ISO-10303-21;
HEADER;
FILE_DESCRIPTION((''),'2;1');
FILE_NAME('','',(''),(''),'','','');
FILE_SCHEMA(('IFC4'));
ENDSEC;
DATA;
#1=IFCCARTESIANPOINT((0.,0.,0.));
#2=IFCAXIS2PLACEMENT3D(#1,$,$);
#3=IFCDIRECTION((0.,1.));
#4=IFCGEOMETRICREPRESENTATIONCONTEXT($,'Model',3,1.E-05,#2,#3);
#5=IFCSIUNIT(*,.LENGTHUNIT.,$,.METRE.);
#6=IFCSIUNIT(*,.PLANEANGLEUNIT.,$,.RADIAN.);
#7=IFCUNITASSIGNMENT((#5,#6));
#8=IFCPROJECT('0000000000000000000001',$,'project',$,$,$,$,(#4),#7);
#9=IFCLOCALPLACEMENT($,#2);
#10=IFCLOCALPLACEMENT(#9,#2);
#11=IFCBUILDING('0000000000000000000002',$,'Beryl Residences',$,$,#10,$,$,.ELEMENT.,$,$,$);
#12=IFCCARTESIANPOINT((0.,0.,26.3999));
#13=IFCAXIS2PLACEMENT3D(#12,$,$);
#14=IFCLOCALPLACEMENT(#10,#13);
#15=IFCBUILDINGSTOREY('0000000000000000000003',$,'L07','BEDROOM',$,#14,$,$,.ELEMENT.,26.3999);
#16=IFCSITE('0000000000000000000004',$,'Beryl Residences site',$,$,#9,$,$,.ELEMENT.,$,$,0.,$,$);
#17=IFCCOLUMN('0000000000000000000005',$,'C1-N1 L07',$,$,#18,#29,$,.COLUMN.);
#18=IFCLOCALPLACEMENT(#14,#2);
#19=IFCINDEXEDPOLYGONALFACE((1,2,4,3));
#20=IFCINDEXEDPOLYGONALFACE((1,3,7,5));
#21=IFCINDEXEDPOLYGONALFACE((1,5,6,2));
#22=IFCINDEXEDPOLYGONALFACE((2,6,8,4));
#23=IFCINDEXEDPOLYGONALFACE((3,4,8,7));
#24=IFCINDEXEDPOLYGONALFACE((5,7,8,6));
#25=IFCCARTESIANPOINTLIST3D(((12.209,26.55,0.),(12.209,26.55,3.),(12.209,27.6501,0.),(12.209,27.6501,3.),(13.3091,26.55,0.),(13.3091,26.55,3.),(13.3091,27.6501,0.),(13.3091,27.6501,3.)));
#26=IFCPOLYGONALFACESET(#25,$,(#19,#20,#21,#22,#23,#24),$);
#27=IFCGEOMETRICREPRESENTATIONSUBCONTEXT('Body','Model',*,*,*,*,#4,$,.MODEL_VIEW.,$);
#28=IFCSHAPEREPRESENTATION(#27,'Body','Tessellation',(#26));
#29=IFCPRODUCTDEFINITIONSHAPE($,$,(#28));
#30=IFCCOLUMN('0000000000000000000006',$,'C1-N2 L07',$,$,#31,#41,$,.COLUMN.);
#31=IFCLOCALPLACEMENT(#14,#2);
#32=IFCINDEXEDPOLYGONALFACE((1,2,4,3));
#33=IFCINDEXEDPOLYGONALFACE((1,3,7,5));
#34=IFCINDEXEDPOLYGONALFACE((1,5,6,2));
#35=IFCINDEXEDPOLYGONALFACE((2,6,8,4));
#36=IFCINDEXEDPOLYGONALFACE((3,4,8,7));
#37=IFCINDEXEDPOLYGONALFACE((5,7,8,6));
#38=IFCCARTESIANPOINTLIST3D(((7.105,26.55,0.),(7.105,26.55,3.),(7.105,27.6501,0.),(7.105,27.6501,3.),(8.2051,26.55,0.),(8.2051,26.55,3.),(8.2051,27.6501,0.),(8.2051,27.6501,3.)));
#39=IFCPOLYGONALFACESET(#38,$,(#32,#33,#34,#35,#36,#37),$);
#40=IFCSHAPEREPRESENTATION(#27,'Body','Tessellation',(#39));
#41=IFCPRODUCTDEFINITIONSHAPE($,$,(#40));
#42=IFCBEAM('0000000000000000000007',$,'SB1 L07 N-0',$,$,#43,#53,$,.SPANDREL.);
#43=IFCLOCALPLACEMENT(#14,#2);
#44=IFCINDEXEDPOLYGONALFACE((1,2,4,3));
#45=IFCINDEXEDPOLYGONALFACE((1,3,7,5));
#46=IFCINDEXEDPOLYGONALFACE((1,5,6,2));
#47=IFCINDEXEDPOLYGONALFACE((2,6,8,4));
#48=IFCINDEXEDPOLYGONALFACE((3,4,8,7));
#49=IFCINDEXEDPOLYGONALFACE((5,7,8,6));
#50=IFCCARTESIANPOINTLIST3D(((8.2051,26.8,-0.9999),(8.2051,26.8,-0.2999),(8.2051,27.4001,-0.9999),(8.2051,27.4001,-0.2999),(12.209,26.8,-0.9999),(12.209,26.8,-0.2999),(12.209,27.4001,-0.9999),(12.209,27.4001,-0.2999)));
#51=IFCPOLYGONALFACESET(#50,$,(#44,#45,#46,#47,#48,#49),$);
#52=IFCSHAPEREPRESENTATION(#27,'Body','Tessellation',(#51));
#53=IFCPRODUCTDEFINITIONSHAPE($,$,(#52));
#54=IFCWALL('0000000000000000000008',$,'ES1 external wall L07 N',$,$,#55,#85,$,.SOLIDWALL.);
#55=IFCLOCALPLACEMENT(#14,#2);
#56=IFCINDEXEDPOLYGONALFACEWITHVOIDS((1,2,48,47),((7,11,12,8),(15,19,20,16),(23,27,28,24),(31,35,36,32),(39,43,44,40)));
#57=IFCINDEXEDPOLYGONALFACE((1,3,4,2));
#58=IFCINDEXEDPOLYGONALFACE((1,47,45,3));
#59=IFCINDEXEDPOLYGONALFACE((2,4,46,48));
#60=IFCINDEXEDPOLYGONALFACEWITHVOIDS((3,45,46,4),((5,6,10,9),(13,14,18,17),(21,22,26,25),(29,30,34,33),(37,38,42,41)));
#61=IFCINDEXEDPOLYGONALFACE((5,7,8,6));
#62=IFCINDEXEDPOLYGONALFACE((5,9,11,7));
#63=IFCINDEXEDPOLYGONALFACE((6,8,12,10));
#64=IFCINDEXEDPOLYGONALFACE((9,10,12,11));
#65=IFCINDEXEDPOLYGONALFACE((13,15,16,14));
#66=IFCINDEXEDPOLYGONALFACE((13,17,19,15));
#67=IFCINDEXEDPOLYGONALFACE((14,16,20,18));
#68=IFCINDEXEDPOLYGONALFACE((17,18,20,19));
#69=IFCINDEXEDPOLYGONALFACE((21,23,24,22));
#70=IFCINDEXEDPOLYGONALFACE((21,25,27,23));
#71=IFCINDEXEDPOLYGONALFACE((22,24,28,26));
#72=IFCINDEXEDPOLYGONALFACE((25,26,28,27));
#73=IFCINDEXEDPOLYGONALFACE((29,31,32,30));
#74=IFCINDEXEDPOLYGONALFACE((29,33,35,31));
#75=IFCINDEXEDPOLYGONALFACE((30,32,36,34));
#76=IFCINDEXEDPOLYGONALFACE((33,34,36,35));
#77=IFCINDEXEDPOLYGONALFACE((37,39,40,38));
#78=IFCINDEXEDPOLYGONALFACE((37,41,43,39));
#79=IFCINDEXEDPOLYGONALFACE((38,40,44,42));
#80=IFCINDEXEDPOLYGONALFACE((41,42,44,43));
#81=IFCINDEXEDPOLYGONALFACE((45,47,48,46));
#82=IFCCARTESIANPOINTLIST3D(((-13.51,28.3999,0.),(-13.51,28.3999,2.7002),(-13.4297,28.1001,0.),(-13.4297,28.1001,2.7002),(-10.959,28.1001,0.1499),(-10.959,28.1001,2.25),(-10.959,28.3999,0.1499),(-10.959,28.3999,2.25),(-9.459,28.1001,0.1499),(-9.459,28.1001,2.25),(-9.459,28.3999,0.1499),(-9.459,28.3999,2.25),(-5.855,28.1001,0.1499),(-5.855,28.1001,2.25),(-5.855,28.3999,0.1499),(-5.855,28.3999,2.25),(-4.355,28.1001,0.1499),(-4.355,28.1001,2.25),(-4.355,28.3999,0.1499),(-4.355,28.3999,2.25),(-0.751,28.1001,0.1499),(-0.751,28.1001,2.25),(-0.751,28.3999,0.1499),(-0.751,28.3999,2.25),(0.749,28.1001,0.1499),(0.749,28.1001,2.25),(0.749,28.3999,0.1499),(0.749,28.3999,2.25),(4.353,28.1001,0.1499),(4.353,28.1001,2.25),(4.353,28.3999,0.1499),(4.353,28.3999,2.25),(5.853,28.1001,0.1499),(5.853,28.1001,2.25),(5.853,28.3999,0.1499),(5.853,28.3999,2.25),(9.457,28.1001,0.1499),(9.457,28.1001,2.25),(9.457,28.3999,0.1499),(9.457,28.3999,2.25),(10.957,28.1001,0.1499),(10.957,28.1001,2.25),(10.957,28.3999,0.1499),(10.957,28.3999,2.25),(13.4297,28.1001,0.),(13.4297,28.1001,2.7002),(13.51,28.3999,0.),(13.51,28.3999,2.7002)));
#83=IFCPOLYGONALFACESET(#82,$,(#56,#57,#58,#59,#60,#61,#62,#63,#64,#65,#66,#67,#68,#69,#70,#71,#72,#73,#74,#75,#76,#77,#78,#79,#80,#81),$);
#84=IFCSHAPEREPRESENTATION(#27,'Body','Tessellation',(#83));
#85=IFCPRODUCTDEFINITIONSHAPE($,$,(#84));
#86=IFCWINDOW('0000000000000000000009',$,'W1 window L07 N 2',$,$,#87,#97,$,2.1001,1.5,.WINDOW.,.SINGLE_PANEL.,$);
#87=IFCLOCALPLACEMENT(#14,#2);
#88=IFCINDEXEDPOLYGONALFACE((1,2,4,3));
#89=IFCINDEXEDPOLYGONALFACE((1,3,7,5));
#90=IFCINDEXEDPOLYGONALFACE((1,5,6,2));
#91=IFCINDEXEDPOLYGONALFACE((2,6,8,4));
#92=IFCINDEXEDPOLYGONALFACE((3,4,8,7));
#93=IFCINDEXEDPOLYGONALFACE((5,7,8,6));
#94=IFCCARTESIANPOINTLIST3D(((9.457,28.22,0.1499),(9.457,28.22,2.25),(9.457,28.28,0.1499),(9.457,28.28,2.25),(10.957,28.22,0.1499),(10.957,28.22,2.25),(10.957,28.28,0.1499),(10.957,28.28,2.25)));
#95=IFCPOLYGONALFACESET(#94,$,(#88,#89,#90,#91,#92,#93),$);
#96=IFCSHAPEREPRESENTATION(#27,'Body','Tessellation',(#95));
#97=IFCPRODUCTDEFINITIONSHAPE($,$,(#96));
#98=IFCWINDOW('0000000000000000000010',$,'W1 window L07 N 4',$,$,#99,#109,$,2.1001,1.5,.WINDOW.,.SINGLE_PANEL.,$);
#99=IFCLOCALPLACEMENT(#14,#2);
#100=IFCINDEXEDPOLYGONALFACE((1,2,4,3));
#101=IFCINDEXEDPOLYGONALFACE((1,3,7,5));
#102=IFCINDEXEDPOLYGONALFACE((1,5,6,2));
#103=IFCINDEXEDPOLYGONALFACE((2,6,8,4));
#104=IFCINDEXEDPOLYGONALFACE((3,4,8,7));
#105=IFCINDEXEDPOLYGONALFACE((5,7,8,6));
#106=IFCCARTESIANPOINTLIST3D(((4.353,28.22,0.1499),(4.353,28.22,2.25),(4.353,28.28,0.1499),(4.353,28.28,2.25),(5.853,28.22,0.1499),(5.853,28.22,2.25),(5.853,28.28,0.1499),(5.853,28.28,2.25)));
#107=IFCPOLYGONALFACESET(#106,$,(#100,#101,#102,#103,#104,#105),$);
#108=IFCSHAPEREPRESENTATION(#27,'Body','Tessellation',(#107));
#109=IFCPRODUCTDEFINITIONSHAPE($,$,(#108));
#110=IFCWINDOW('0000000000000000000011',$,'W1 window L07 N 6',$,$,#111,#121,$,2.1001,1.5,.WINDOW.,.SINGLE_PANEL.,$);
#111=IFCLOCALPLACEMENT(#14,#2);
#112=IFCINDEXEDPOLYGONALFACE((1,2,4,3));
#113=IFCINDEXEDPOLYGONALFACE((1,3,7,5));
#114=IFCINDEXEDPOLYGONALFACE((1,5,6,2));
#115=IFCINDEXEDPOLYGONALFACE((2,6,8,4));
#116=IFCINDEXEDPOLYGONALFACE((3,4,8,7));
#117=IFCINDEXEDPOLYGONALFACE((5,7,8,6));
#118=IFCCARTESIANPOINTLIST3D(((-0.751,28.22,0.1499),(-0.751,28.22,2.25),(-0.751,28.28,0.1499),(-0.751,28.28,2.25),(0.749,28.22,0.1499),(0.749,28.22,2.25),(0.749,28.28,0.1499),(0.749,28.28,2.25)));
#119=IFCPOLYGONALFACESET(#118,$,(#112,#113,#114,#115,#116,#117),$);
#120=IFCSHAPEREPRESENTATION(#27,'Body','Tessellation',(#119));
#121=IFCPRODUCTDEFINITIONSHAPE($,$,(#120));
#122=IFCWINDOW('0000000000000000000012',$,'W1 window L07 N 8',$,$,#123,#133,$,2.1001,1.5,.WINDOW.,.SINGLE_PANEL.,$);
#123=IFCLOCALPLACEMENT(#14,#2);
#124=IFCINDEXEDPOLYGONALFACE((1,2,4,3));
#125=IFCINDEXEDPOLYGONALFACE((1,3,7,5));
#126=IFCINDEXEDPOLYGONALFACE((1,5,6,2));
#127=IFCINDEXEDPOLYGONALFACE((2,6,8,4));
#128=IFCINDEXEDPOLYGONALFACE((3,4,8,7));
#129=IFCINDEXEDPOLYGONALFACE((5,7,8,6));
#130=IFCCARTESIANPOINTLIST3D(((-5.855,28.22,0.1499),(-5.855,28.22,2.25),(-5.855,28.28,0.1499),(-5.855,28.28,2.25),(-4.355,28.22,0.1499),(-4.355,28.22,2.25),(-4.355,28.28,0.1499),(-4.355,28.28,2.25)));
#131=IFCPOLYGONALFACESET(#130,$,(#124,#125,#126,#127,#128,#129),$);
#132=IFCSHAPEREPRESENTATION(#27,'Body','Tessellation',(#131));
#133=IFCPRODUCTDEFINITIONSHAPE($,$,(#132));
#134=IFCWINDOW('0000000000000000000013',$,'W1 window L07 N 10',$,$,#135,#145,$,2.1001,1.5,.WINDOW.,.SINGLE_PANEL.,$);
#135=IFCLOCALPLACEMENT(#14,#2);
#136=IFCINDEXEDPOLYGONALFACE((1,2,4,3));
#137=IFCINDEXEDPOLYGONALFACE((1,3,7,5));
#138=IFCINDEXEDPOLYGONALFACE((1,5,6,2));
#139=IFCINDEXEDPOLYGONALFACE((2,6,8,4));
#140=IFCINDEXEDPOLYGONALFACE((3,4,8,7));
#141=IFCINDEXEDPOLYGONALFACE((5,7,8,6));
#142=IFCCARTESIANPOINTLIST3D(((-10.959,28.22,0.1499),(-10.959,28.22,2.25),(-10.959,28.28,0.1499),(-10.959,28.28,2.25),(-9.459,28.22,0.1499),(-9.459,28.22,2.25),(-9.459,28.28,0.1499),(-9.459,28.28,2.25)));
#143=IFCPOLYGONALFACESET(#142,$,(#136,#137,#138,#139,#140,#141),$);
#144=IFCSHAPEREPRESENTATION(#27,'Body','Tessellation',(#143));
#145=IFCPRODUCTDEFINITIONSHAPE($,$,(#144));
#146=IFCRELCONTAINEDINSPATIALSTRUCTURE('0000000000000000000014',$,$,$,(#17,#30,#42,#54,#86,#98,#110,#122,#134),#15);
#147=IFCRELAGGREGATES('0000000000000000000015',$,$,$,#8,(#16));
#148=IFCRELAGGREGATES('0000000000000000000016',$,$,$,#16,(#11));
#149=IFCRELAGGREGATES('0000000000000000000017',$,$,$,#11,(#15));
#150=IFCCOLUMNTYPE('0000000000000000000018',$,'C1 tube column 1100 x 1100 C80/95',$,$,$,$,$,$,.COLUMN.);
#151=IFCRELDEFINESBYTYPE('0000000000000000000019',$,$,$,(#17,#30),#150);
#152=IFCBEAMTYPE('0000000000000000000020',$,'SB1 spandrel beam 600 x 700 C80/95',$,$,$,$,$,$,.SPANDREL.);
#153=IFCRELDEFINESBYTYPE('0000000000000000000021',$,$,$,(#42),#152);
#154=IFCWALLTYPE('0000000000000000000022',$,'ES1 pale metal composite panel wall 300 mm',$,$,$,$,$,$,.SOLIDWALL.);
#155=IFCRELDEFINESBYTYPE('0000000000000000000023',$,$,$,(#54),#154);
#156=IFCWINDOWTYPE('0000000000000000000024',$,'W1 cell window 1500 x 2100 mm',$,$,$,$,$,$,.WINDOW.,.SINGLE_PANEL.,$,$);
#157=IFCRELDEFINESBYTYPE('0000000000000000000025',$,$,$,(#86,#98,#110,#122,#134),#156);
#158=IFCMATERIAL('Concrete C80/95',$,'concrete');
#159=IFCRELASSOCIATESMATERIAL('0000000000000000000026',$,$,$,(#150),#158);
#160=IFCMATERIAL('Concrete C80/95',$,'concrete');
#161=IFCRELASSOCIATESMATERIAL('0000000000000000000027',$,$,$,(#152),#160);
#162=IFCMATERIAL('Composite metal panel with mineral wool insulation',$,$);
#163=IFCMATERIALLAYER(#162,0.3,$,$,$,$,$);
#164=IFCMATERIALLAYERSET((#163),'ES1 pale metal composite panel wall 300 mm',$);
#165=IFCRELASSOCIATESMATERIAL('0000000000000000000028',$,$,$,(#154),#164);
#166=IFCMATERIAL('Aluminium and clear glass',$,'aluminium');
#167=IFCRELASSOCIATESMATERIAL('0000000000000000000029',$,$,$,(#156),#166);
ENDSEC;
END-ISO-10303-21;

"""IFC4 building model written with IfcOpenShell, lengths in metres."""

from ifc_helpers import new_model, si_unit, direction, frame, frame_2d, origin, origin_2d, place, context, subcontext, project, spatial, polyline, rectangle, outline, extrude, material, layer, layer_set, material_profile, profile_set, type_object, element, fill, save


model = new_model("IFC4")

# Units and contexts
model_context = context("Model", 3, precision=1e-05, world=origin(), true_north=direction((0.0, 1.0)))
body_context = subcontext(model_context, "Body", "Model", "MODEL_VIEW")
ifc_project = project(units=[si_unit("LENGTHUNIT", "METRE"), si_unit("PLANEANGLEUNIT", "RADIAN")], contexts=[model_context])

# Site, building, storey
site_placement = place(None, origin())
site = spatial("IfcSite", under=ifc_project, at=site_placement, Name="Beryl Residences site", CompositionType="ELEMENT", RefElevation=0.0)
building_placement = place(site_placement, origin())
building = spatial("IfcBuilding", under=site, at=building_placement, Name="Beryl Residences", CompositionType="ELEMENT")
storey_placement = place(building_placement, frame((0.0, 0.0, 26.3999)))
storey = spatial("IfcBuildingStorey", under=building, at=storey_placement, Name="L07", Description="BEDROOM", CompositionType="ELEMENT", Elevation=26.3999)

# Columns
ifc_material_1 = material(Name="Concrete C80/95", Category="concrete")
ifc_material_profile_1 = material_profile(ifc_material_1, rectangle(XDim=1.1001, YDim=1.1001, at=origin_2d()))
ifc_profile_set_1 = profile_set([ifc_material_profile_1], Name="Concrete C80/95")
column_type = type_object("IfcColumnType", Name="C1 tube column 1100 x 1100 C80/95", PredefinedType="COLUMN", material=ifc_profile_set_1)
for number, where, z_axis, x_axis, name in (
    (1, (12.759, 27.1001, 0.0), (0.0, 0.0, 1.0), (-1.0, 0.0, 0.0), "C1-N1 L07"),
    (2, (7.655, 27.1001, 0.0), (0.0, 0.0, 1.0), (-1.0, 0.0, 0.0), "C1-N2 L07"),
):
    element("IfcColumn", number, at=place(storey_placement, frame(where, z_axis=z_axis, x_axis=x_axis)), inside=storey, type_object=column_type, Name=name, PredefinedType="COLUMN", context=body_context, shape_type="SweptSolid", body=[
        extrude(rectangle(XDim=1.1001, YDim=1.1001, at=origin_2d()), origin(), (0.0, 0.0, 1.0), 3.0),
    ])

# Beam
ifc_material_2 = material(Name="Concrete C80/95", Category="concrete")
ifc_material_profile_2 = material_profile(ifc_material_2, rectangle(XDim=0.6001, YDim=0.7, at=origin_2d()))
ifc_profile_set_2 = profile_set([ifc_material_profile_2], Name="Concrete C80/95")
beam_type = type_object("IfcBeamType", Name="SB1 spandrel beam 600 x 700 C80/95", PredefinedType="SPANDREL", material=ifc_profile_set_2)
beam_placement = place(storey_placement, frame((12.209, 27.1001, -0.6499), z_axis=(-1.0, 0.0, 0.0), x_axis=(0.0, -1.0, 0.0)))
element("IfcBeam", 3, at=beam_placement, inside=storey, type_object=beam_type, Name="SB1 L07 N-0", PredefinedType="SPANDREL", context=body_context, shape_type="SweptSolid", body=[
    extrude(rectangle(XDim=0.6001, YDim=0.7, at=origin_2d()), origin(), (0.0, 0.0, 1.0), 4.0039),
])

# Wall, openings, windows
ifc_material_3 = material(Name="Composite metal panel with mineral wool insulation")
ifc_layer_1 = layer(ifc_material_3, 0.3)
ifc_layer_set_1 = layer_set([ifc_layer_1], Name="ES1 pale metal composite panel wall 300 mm")
wall_type_1 = type_object("IfcWallType", Name="ES1 pale metal composite panel wall 300 mm", PredefinedType="SOLIDWALL", material=ifc_layer_set_1)
wall_1_placement = place(storey_placement, frame((13.51, 28.25, 0.0), z_axis=(0.0, 0.0, 1.0), x_axis=(-1.0, 0.0, 0.0)))
wall_1 = element("IfcWall", 4, at=wall_1_placement, inside=storey, type_object=wall_type_1, Name="ES1 external wall L07 N", PredefinedType="SOLIDWALL", context=body_context, shape_type="SweptSolid", body=[
    extrude(outline(polyline([(0.0, -0.1499), (27.02, -0.1499), (26.9397, 0.1499), (0.0803, 0.1499), (0.0, -0.1499)])), origin(), (0.0, 0.0, 1.0), 2.7002),
])
opening_1_placement = place(wall_1_placement, frame((2.553, 0.0, 0.1499)))
opening_1 = element("IfcOpeningElement", 5, at=opening_1_placement, cuts=wall_1, PredefinedType="OPENING", context=body_context, shape_type="SweptSolid", body=[
    extrude(rectangle(XDim=1.5, YDim=2.1001, at=frame_2d((0.75, 1.05))), frame((0.0, 0.1599, 0.0), z_axis=(0.0, -1.0, 0.0), x_axis=(1.0, 0.0, 0.0)), (0.0, 0.0, 1.0), 0.3201),
])
opening_2_placement = place(wall_1_placement, frame((7.657, 0.0, 0.1499)))
opening_2 = element("IfcOpeningElement", 6, at=opening_2_placement, cuts=wall_1, PredefinedType="OPENING", context=body_context, shape_type="SweptSolid", body=[
    extrude(rectangle(XDim=1.5, YDim=2.1001, at=frame_2d((0.75, 1.05))), frame((0.0, 0.1599, 0.0), z_axis=(0.0, -1.0, 0.0), x_axis=(1.0, 0.0, 0.0)), (0.0, 0.0, 1.0), 0.3201),
])
opening_3_placement = place(wall_1_placement, frame((12.761, 0.0, 0.1499)))
opening_3 = element("IfcOpeningElement", 7, at=opening_3_placement, cuts=wall_1, PredefinedType="OPENING", context=body_context, shape_type="SweptSolid", body=[
    extrude(rectangle(XDim=1.5, YDim=2.1001, at=frame_2d((0.75, 1.05))), frame((0.0, 0.1599, 0.0), z_axis=(0.0, -1.0, 0.0), x_axis=(1.0, 0.0, 0.0)), (0.0, 0.0, 1.0), 0.3201),
])
opening_4_placement = place(wall_1_placement, frame((17.865, 0.0, 0.1499)))
opening_4 = element("IfcOpeningElement", 8, at=opening_4_placement, cuts=wall_1, PredefinedType="OPENING", context=body_context, shape_type="SweptSolid", body=[
    extrude(rectangle(XDim=1.5, YDim=2.1001, at=frame_2d((0.75, 1.05))), frame((0.0, 0.1599, 0.0), z_axis=(0.0, -1.0, 0.0), x_axis=(1.0, 0.0, 0.0)), (0.0, 0.0, 1.0), 0.3201),
])
opening_5_placement = place(wall_1_placement, frame((22.969, 0.0, 0.1499)))
opening_5 = element("IfcOpeningElement", 9, at=opening_5_placement, cuts=wall_1, PredefinedType="OPENING", context=body_context, shape_type="SweptSolid", body=[
    extrude(rectangle(XDim=1.5, YDim=2.1001, at=frame_2d((0.75, 1.05))), frame((0.0, 0.1599, 0.0), z_axis=(0.0, -1.0, 0.0), x_axis=(1.0, 0.0, 0.0)), (0.0, 0.0, 1.0), 0.3201),
])
ifc_material_4 = material(Name="Aluminium and clear glass", Category="aluminium")
window_type = type_object("IfcWindowType", Name="W1 cell window 1500 x 2100 mm", PartitioningType="SINGLE_PANEL", PredefinedType="WINDOW", material=ifc_material_4)
window_1_placement = place(opening_1_placement, origin())
window_1 = element("IfcWindow", 10, at=window_1_placement, inside=storey, type_object=window_type, Name="W1 window L07 N 2", OverallHeight=2.1001, OverallWidth=1.5, PartitioningType="SINGLE_PANEL", PredefinedType="WINDOW", context=body_context, shape_type="SweptSolid", body=[
    extrude(rectangle(XDim=1.5, YDim=2.1001, at=frame_2d((0.75, 1.05))), frame((0.0, 0.03, 0.0), z_axis=(0.0, -1.0, 0.0), x_axis=(1.0, 0.0, 0.0)), (0.0, 0.0, 1.0), 0.0601),
])
fill(opening_1, window_1)
window_2_placement = place(opening_2_placement, origin())
window_2 = element("IfcWindow", 11, at=window_2_placement, inside=storey, type_object=window_type, Name="W1 window L07 N 4", OverallHeight=2.1001, OverallWidth=1.5, PartitioningType="SINGLE_PANEL", PredefinedType="WINDOW", context=body_context, shape_type="SweptSolid", body=[
    extrude(rectangle(XDim=1.5, YDim=2.1001, at=frame_2d((0.75, 1.05))), frame((0.0, 0.03, 0.0), z_axis=(0.0, -1.0, 0.0), x_axis=(1.0, 0.0, 0.0)), (0.0, 0.0, 1.0), 0.0601),
])
fill(opening_2, window_2)
window_3_placement = place(opening_3_placement, origin())
window_3 = element("IfcWindow", 12, at=window_3_placement, inside=storey, type_object=window_type, Name="W1 window L07 N 6", OverallHeight=2.1001, OverallWidth=1.5, PartitioningType="SINGLE_PANEL", PredefinedType="WINDOW", context=body_context, shape_type="SweptSolid", body=[
    extrude(rectangle(XDim=1.5, YDim=2.1001, at=frame_2d((0.75, 1.05))), frame((0.0, 0.03, 0.0), z_axis=(0.0, -1.0, 0.0), x_axis=(1.0, 0.0, 0.0)), (0.0, 0.0, 1.0), 0.0601),
])
fill(opening_3, window_3)
window_4_placement = place(opening_4_placement, origin())
window_4 = element("IfcWindow", 13, at=window_4_placement, inside=storey, type_object=window_type, Name="W1 window L07 N 8", OverallHeight=2.1001, OverallWidth=1.5, PartitioningType="SINGLE_PANEL", PredefinedType="WINDOW", context=body_context, shape_type="SweptSolid", body=[
    extrude(rectangle(XDim=1.5, YDim=2.1001, at=frame_2d((0.75, 1.05))), frame((0.0, 0.03, 0.0), z_axis=(0.0, -1.0, 0.0), x_axis=(1.0, 0.0, 0.0)), (0.0, 0.0, 1.0), 0.0601),
])
fill(opening_4, window_4)
window_5_placement = place(opening_5_placement, origin())
window_5 = element("IfcWindow", 14, at=window_5_placement, inside=storey, type_object=window_type, Name="W1 window L07 N 10", OverallHeight=2.1001, OverallWidth=1.5, PartitioningType="SINGLE_PANEL", PredefinedType="WINDOW", context=body_context, shape_type="SweptSolid", body=[
    extrude(rectangle(XDim=1.5, YDim=2.1001, at=frame_2d((0.75, 1.05))), frame((0.0, 0.03, 0.0), z_axis=(0.0, -1.0, 0.0), x_axis=(1.0, 0.0, 0.0)), (0.0, 0.0, 1.0), 0.0601),
])
fill(opening_5, window_5)

save(model, "model.ifc")
